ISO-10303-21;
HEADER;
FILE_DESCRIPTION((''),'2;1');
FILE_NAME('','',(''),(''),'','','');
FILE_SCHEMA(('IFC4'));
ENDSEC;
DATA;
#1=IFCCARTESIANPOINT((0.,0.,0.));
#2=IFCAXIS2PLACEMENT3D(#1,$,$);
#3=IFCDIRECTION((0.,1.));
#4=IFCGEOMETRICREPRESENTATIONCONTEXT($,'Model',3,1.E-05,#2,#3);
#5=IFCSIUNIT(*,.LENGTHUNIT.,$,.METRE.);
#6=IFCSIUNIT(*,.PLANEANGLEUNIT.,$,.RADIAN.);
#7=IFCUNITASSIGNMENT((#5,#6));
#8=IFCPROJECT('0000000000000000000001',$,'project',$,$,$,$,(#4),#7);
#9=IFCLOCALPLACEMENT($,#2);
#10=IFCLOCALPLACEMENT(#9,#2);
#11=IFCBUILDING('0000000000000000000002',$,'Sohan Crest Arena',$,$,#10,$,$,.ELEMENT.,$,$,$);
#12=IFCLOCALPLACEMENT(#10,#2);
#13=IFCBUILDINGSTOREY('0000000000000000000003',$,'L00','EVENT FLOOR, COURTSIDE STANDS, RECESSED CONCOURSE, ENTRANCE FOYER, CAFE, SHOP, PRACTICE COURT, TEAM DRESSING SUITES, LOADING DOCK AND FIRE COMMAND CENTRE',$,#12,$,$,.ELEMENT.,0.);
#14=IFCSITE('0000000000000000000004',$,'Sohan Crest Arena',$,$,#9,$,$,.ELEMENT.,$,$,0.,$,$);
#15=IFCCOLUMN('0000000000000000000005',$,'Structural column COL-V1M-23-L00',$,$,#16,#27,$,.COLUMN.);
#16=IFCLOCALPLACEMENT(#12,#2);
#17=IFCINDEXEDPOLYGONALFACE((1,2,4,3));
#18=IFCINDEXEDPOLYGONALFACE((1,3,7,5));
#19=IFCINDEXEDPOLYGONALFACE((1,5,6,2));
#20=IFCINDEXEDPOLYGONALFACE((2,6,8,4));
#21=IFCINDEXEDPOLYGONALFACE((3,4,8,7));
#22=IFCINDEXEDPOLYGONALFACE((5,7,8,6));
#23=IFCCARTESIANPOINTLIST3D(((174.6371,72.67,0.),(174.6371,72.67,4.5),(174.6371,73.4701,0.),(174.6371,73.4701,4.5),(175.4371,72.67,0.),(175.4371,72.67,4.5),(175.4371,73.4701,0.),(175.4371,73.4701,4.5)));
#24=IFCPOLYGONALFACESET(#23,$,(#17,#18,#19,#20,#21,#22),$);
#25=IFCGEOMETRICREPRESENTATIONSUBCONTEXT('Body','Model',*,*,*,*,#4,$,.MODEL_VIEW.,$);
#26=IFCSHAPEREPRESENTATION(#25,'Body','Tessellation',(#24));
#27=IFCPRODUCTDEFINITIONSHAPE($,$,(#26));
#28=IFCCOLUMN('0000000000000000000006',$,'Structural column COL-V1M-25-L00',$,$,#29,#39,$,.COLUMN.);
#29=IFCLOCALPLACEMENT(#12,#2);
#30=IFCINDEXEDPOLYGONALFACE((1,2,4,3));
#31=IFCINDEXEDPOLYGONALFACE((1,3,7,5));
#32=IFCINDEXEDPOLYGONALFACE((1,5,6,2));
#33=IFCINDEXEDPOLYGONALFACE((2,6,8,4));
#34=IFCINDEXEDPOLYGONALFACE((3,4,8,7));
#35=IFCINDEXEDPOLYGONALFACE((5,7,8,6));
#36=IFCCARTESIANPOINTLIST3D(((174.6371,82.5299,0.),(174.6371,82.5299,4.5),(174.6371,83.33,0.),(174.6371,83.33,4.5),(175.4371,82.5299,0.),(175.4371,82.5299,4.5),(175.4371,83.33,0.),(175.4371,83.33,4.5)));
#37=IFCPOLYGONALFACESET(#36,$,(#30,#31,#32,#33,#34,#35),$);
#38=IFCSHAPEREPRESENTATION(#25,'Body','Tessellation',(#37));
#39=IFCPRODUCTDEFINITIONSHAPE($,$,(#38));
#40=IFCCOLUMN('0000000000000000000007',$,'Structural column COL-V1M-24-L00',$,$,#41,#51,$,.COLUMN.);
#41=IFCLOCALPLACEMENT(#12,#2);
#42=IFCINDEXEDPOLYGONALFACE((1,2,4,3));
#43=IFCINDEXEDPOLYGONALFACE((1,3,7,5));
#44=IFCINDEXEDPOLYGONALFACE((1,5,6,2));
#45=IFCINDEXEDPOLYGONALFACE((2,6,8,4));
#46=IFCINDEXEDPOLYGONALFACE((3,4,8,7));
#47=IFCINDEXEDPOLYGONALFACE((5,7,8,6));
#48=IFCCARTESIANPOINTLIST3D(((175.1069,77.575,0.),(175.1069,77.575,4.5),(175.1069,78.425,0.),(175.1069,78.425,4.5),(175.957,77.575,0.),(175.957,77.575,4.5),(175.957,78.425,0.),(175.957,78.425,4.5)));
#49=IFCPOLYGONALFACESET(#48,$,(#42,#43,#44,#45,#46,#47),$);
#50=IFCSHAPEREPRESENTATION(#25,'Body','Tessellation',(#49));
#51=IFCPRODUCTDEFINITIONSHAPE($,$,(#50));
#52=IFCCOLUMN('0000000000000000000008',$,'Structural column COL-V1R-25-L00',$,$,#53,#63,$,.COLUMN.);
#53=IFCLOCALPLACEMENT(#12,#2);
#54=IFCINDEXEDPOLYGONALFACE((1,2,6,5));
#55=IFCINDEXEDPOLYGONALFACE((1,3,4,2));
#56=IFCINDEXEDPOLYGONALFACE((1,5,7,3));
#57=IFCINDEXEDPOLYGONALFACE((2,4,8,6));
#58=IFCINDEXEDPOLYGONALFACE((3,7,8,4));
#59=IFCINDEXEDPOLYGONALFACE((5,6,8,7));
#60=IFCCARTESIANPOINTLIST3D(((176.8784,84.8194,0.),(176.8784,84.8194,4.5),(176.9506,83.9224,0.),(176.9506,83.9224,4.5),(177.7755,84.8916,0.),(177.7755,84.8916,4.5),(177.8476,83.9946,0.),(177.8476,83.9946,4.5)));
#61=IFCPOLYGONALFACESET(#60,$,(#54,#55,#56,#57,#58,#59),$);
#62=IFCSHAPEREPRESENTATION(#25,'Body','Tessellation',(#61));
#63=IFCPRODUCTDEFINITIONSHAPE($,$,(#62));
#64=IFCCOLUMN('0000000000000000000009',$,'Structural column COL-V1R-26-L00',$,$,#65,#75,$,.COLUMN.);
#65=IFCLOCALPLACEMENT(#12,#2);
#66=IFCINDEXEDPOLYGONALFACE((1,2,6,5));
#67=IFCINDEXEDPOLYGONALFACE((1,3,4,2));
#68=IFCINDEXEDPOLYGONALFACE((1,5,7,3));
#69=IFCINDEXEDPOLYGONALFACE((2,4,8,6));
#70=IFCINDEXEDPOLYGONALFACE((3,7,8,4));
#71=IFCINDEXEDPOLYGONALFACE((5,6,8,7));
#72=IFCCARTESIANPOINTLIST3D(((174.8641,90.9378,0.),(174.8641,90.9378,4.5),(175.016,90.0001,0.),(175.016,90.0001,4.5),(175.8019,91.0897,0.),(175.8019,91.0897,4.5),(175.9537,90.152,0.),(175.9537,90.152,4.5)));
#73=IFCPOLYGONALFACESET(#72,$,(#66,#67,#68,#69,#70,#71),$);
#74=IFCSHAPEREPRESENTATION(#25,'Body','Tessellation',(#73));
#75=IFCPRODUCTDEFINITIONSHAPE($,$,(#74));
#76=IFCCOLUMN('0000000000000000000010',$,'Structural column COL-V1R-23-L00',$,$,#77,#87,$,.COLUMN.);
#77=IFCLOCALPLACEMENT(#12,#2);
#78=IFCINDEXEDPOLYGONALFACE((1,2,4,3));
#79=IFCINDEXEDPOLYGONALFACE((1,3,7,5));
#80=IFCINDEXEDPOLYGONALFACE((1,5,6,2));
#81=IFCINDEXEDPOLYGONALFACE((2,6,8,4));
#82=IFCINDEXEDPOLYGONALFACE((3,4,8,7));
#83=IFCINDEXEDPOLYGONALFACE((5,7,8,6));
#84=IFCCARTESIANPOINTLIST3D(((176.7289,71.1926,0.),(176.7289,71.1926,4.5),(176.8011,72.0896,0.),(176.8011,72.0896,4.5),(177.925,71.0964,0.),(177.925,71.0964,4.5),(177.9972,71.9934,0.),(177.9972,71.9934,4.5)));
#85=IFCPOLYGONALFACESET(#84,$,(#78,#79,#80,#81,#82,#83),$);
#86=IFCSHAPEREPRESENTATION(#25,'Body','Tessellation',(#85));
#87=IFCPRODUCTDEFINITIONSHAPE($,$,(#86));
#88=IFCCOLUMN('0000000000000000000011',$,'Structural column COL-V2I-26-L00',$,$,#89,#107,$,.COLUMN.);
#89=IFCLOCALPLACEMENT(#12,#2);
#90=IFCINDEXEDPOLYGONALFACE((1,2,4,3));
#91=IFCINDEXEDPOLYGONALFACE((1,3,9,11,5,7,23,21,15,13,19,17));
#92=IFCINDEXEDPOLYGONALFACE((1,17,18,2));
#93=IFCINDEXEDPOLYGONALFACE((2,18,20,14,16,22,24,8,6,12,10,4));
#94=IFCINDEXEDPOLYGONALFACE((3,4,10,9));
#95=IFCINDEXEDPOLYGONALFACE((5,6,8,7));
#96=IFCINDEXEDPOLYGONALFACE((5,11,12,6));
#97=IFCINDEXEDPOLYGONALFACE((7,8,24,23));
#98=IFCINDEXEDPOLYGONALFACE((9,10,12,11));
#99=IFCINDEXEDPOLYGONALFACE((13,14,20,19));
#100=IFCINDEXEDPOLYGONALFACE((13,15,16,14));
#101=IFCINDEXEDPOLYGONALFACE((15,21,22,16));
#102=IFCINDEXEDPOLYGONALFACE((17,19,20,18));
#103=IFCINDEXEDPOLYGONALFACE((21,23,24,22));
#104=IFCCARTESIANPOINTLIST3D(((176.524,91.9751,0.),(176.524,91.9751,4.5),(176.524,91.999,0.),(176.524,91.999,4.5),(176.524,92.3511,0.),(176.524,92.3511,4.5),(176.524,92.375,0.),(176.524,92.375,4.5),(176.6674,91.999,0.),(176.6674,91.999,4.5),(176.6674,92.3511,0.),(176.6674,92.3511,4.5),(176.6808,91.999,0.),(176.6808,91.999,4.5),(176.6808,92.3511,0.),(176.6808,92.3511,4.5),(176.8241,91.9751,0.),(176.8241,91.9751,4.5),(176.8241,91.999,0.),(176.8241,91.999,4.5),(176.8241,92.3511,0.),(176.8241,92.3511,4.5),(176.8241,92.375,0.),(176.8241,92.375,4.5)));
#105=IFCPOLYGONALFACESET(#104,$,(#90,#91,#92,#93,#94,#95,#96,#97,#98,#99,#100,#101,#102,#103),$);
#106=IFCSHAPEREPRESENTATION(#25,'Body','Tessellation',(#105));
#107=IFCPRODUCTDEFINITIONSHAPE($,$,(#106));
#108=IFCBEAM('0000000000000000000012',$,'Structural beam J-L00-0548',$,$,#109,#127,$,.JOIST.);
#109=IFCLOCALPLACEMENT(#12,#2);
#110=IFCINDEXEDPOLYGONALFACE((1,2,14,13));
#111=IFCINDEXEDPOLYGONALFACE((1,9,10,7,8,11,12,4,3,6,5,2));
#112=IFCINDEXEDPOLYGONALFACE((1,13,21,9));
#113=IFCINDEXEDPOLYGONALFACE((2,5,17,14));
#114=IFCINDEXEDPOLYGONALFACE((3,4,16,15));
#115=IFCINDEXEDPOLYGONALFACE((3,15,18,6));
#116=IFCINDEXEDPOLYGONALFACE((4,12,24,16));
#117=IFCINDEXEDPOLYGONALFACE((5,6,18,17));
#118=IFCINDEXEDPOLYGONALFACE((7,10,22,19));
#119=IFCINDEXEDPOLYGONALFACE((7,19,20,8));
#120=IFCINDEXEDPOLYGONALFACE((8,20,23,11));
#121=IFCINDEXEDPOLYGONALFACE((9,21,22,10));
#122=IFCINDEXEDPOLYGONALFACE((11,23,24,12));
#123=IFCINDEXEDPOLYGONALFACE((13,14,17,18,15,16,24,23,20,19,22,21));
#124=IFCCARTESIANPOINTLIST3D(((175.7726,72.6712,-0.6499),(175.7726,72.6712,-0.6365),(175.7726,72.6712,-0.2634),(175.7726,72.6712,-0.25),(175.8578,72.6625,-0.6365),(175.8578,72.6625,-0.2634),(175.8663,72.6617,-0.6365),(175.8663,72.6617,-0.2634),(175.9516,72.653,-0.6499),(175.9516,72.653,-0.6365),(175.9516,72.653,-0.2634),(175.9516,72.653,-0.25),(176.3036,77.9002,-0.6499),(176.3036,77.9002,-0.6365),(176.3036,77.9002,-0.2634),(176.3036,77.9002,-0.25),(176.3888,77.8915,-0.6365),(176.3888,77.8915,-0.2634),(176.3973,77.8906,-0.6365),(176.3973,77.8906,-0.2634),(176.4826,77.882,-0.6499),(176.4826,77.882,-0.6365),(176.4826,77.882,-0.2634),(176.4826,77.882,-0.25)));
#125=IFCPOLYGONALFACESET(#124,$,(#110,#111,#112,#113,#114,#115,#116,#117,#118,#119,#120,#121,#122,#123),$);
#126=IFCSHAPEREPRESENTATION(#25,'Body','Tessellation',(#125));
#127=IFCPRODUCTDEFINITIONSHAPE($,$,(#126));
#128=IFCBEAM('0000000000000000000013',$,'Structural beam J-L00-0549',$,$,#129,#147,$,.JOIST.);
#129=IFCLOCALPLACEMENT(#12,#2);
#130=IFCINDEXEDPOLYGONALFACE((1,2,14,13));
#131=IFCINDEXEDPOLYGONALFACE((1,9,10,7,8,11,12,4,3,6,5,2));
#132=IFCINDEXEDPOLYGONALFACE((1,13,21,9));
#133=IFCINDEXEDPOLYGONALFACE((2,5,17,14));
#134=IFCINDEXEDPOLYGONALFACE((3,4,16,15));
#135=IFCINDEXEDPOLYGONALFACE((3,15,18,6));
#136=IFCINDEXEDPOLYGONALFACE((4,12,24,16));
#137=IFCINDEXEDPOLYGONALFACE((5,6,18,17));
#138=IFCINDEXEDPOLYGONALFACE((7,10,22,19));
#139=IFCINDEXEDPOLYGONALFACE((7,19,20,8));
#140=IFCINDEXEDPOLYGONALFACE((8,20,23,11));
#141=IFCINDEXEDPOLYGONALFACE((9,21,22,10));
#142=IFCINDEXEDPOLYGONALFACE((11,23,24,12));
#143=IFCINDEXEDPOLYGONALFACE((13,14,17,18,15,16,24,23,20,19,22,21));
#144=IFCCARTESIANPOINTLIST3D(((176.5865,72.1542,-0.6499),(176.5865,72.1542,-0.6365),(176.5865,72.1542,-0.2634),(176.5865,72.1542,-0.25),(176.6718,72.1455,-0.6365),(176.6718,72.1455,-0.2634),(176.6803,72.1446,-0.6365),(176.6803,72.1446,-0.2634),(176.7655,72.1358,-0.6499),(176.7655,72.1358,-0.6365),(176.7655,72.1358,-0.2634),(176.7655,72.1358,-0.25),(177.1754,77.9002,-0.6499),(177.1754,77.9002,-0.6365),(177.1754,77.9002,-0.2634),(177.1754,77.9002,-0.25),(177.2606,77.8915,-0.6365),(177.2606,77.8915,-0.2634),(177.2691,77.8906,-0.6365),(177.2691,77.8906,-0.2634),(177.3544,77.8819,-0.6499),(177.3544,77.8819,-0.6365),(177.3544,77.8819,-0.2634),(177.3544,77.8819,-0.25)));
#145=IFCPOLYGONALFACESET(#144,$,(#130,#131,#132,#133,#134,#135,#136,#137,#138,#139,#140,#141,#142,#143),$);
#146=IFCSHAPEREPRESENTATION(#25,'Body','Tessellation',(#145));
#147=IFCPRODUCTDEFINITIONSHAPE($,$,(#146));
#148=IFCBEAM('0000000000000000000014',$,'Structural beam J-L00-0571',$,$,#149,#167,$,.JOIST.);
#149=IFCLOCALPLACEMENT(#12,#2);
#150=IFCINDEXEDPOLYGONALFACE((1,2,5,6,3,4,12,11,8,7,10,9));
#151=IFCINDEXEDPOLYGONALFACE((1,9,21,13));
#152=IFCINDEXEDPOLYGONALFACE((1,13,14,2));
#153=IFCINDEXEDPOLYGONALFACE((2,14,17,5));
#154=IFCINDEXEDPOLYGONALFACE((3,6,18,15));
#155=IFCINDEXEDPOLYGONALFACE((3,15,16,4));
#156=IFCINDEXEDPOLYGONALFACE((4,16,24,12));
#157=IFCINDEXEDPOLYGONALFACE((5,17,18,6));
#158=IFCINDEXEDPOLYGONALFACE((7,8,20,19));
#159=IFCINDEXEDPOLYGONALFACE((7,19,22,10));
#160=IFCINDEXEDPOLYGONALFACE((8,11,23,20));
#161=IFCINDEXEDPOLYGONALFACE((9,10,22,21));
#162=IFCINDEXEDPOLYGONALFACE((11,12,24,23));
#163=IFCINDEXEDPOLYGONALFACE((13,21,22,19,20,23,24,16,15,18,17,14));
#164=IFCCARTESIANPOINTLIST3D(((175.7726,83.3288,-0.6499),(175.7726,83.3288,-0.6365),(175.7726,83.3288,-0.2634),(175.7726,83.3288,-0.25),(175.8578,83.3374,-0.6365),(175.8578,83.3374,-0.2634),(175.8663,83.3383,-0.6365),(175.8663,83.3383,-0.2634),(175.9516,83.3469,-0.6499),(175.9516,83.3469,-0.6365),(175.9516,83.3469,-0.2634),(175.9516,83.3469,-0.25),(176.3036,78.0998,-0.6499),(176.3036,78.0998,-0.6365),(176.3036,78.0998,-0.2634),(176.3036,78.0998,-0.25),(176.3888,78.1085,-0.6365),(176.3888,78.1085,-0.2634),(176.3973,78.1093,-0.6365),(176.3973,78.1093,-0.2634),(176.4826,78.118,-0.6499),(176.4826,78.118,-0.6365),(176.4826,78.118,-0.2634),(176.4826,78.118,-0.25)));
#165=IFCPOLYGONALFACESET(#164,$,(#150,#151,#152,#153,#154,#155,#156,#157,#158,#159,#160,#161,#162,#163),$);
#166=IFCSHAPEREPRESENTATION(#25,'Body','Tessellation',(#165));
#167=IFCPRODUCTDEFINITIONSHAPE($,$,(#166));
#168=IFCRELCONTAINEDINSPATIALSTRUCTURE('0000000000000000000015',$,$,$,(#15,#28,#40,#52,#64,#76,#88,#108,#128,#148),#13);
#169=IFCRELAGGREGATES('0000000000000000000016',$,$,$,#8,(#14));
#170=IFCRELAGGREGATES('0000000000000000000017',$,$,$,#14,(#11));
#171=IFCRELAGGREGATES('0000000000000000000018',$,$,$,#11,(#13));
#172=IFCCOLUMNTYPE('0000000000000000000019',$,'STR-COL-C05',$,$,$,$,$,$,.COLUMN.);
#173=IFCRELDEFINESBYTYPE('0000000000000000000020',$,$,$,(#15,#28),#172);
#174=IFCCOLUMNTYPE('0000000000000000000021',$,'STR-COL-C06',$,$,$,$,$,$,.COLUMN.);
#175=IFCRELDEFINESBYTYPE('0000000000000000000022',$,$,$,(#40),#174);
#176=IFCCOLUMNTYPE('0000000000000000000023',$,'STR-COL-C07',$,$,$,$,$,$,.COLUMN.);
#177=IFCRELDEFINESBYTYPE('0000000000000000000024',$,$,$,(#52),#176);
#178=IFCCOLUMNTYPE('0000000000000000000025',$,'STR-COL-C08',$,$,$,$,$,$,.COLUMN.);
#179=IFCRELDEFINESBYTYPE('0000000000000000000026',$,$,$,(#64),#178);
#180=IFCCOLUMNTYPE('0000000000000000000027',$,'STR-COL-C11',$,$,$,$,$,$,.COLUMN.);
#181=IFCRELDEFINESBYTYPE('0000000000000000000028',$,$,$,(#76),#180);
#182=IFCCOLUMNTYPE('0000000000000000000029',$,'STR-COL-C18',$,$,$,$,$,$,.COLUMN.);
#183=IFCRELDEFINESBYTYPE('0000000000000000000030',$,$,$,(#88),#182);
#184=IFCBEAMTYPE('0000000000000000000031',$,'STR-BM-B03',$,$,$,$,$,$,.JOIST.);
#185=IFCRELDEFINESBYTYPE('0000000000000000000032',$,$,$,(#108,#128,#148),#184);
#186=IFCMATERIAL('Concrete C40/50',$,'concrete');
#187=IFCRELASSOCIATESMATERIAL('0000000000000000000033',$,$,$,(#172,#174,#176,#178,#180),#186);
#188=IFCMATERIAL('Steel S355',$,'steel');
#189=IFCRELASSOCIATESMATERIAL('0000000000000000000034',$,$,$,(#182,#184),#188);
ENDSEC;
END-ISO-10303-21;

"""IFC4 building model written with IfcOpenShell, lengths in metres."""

from ifc_helpers import new_model, si_unit, direction, frame, origin, origin_2d, place, context, subcontext, project, spatial, rectangle, i_section, extrude, material, material_profile, profile_set, type_object, element, save


model = new_model("IFC4")

# Units and contexts
model_context = context("Model", 3, precision=1e-05, world=origin(), true_north=direction((0.0, 1.0)))
body_context = subcontext(model_context, "Body", "Model", "MODEL_VIEW")
ifc_project = project(units=[si_unit("LENGTHUNIT", "METRE"), si_unit("PLANEANGLEUNIT", "RADIAN")], contexts=[model_context])

# Site, building, storey
site_placement = place(None, origin())
site = spatial("IfcSite", under=ifc_project, at=site_placement, Name="Sohan Crest Arena", CompositionType="ELEMENT", RefElevation=0.0)
building_placement = place(site_placement, origin())
building = spatial("IfcBuilding", under=site, at=building_placement, Name="Sohan Crest Arena", CompositionType="ELEMENT")
storey_placement = place(building_placement, origin())
storey = spatial("IfcBuildingStorey", under=building, at=storey_placement, Name="L00", Description="EVENT FLOOR, COURTSIDE STANDS, RECESSED CONCOURSE, ENTRANCE FOYER, CAFE, SHOP, PRACTICE COURT, TEAM DRESSING SUITES, LOADING DOCK AND FIRE COMMAND CENTRE", CompositionType="ELEMENT", Elevation=0.0)

# Columns
ifc_material_1 = material(Name="Concrete C40/50", Category="concrete")
ifc_material_profile_1 = material_profile(ifc_material_1, rectangle(XDim=0.8, YDim=0.8, at=origin_2d()), Name="RC 800x800")
ifc_profile_set_1 = profile_set([ifc_material_profile_1], Name="Concrete C40/50")
column_type_1 = type_object("IfcColumnType", Name="STR-COL-C05", PredefinedType="COLUMN", material=ifc_profile_set_1)
for number, where, z_axis, x_axis, name in (
    (1, (175.0371, 73.0701, 0.0), (0.0, 0.0, 1.0), (1.0, 0.0, 0.0), "Structural column COL-V1M-23-L00"),
    (2, (175.0371, 82.9299, 0.0), (0.0, 0.0, 1.0), (1.0, 0.0, 0.0), "Structural column COL-V1M-25-L00"),
):
    element("IfcColumn", number, at=place(storey_placement, frame(where, z_axis=z_axis, x_axis=x_axis)), inside=storey, type_object=column_type_1, Name=name, PredefinedType="COLUMN", context=body_context, shape_type="SweptSolid", body=[
        extrude(rectangle(XDim=0.8, YDim=0.8, at=origin_2d()), origin(), (0.0, 0.0, 1.0), 4.5),
    ])
ifc_material_profile_2 = material_profile(ifc_material_1, rectangle(XDim=0.8501, YDim=0.8501, at=origin_2d()), Name="RC 850x850")
ifc_profile_set_2 = profile_set([ifc_material_profile_2], Name="Concrete C40/50")
column_type_2 = type_object("IfcColumnType", Name="STR-COL-C06", PredefinedType="COLUMN", material=ifc_profile_set_2)
column_1_placement = place(storey_placement, frame((175.532, 78.0, 0.0), z_axis=(0.0, 0.0, 1.0), x_axis=(1.0, 0.0, 0.0)))
element("IfcColumn", 3, at=column_1_placement, inside=storey, type_object=column_type_2, Name="Structural column COL-V1M-24-L00", PredefinedType="COLUMN", context=body_context, shape_type="SweptSolid", body=[
    extrude(rectangle(XDim=0.8501, YDim=0.8501, at=origin_2d()), origin(), (0.0, 0.0, 1.0), 4.5),
])
ifc_material_profile_3 = material_profile(ifc_material_1, rectangle(XDim=0.8999, YDim=0.8999, at=origin_2d()), Name="RC 900x900")
ifc_profile_set_3 = profile_set([ifc_material_profile_3], Name="Concrete C40/50")
column_type_3 = type_object("IfcColumnType", Name="STR-COL-C07", PredefinedType="COLUMN", material=ifc_profile_set_3)
column_2_placement = place(storey_placement, frame((177.363, 84.407, 0.0), z_axis=(0.0, 0.0, 1.0), x_axis=(0.996779, 0.080199, 0.0)))
element("IfcColumn", 4, at=column_2_placement, inside=storey, type_object=column_type_3, Name="Structural column COL-V1R-25-L00", PredefinedType="COLUMN", context=body_context, shape_type="SweptSolid", body=[
    extrude(rectangle(XDim=0.8999, YDim=0.8999, at=origin_2d()), origin(), (0.0, 0.0, 1.0), 4.5),
])
ifc_material_profile_4 = material_profile(ifc_material_1, rectangle(XDim=0.95, YDim=0.95, at=origin_2d()), Name="RC 950x950")
ifc_profile_set_4 = profile_set([ifc_material_profile_4], Name="Concrete C40/50")
column_type_4 = type_object("IfcColumnType", Name="STR-COL-C08", PredefinedType="COLUMN", material=ifc_profile_set_4)
column_3_placement = place(storey_placement, frame((175.4089, 90.5449, 0.0), z_axis=(0.0, 0.0, 1.0), x_axis=(0.987136, 0.159881, 0.0)))
element("IfcColumn", 5, at=column_3_placement, inside=storey, type_object=column_type_4, Name="Structural column COL-V1R-26-L00", PredefinedType="COLUMN", context=body_context, shape_type="SweptSolid", body=[
    extrude(rectangle(XDim=0.95, YDim=0.95, at=origin_2d()), origin(), (0.0, 0.0, 1.0), 4.5),
])
ifc_material_profile_5 = material_profile(ifc_material_1, rectangle(XDim=1.2, YDim=0.8999, at=origin_2d()), Name="RC 1200x900")
ifc_profile_set_5 = profile_set([ifc_material_profile_5], Name="Concrete C40/50")
column_type_5 = type_object("IfcColumnType", Name="STR-COL-C11", PredefinedType="COLUMN", material=ifc_profile_set_5)
column_4_placement = place(storey_placement, frame((177.363, 71.593, 0.0), z_axis=(0.0, 0.0, 1.0), x_axis=(-0.996779, 0.080199, 0.0)))
element("IfcColumn", 6, at=column_4_placement, inside=storey, type_object=column_type_5, Name="Structural column COL-V1R-23-L00", PredefinedType="COLUMN", context=body_context, shape_type="SweptSolid", body=[
    extrude(rectangle(XDim=1.2, YDim=0.8999, at=origin_2d()), origin(), (0.0, 0.0, 1.0), 4.5),
])
ifc_material_2 = material(Name="Steel S355", Category="steel")
ifc_material_profile_6 = material_profile(ifc_material_2, i_section(OverallWidth=0.3, OverallDepth=0.3999, WebThickness=0.0134, FlangeThickness=0.0239, at=origin_2d()), Name="HEB 400")
ifc_profile_set_6 = profile_set([ifc_material_profile_6], Name="Steel S355")
column_type_6 = type_object("IfcColumnType", Name="STR-COL-C18", PredefinedType="COLUMN", material=ifc_profile_set_6)
column_5_placement = place(storey_placement, frame((176.6741, 92.175, 0.0), z_axis=(0.0, 0.0, 1.0), x_axis=(1.0, 0.0, 0.0)))
element("IfcColumn", 7, at=column_5_placement, inside=storey, type_object=column_type_6, Name="Structural column COL-V2I-26-L00", PredefinedType="COLUMN", context=body_context, shape_type="SweptSolid", body=[
    extrude(i_section(OverallWidth=0.3, OverallDepth=0.3999, WebThickness=0.0134, FlangeThickness=0.0239, at=origin_2d()), origin(), (0.0, 0.0, 1.0), 4.5),
])

# Beams
ifc_material_profile_7 = material_profile(ifc_material_2, i_section(OverallWidth=0.1799, OverallDepth=0.3999, WebThickness=0.0085, FlangeThickness=0.0134, at=origin_2d()), Name="IPE 400")
ifc_profile_set_7 = profile_set([ifc_material_profile_7], Name="Steel S355")
beam_type_1 = type_object("IfcBeamType", Name="STR-BM-B03", PredefinedType="JOIST", material=ifc_profile_set_7)
beam_1_placement = place(storey_placement, frame((175.8621, 72.6621, -0.45), z_axis=(0.10103, 0.994883, 0.0), x_axis=(-0.994883, 0.10103, 0.0)))
element("IfcBeam", 8, at=beam_1_placement, inside=storey, type_object=beam_type_1, Name="Structural beam J-L00-0548", PredefinedType="JOIST", context=body_context, shape_type="SweptSolid", body=[
    extrude(i_section(OverallWidth=0.1799, OverallDepth=0.3999, WebThickness=0.0085, FlangeThickness=0.0134, at=origin_2d()), origin(), (0.0, 0.0, 1.0), 5.2559),
])
beam_2_placement = place(storey_placement, frame((176.676, 72.145, -0.45), z_axis=(0.101947, 0.99479, 0.0), x_axis=(-0.99479, 0.101947, 0.0)))
element("IfcBeam", 9, at=beam_2_placement, inside=storey, type_object=beam_type_1, Name="Structural beam J-L00-0549", PredefinedType="JOIST", context=body_context, shape_type="SweptSolid", body=[
    extrude(i_section(OverallWidth=0.1799, OverallDepth=0.3999, WebThickness=0.0085, FlangeThickness=0.0134, at=origin_2d()), origin(), (0.0, 0.0, 1.0), 5.7761),
])
beam_3_placement = place(storey_placement, frame((176.3931, 78.1089, -0.45), z_axis=(-0.10103, 0.994883, 0.0), x_axis=(-0.994883, -0.10103, 0.0)))
element("IfcBeam", 10, at=beam_3_placement, inside=storey, type_object=beam_type_1, Name="Structural beam J-L00-0571", PredefinedType="JOIST", context=body_context, shape_type="SweptSolid", body=[
    extrude(i_section(OverallWidth=0.1799, OverallDepth=0.3999, WebThickness=0.0085, FlangeThickness=0.0134, at=origin_2d()), origin(), (0.0, 0.0, 1.0), 5.2559),
])

save(model, "model.ifc")
